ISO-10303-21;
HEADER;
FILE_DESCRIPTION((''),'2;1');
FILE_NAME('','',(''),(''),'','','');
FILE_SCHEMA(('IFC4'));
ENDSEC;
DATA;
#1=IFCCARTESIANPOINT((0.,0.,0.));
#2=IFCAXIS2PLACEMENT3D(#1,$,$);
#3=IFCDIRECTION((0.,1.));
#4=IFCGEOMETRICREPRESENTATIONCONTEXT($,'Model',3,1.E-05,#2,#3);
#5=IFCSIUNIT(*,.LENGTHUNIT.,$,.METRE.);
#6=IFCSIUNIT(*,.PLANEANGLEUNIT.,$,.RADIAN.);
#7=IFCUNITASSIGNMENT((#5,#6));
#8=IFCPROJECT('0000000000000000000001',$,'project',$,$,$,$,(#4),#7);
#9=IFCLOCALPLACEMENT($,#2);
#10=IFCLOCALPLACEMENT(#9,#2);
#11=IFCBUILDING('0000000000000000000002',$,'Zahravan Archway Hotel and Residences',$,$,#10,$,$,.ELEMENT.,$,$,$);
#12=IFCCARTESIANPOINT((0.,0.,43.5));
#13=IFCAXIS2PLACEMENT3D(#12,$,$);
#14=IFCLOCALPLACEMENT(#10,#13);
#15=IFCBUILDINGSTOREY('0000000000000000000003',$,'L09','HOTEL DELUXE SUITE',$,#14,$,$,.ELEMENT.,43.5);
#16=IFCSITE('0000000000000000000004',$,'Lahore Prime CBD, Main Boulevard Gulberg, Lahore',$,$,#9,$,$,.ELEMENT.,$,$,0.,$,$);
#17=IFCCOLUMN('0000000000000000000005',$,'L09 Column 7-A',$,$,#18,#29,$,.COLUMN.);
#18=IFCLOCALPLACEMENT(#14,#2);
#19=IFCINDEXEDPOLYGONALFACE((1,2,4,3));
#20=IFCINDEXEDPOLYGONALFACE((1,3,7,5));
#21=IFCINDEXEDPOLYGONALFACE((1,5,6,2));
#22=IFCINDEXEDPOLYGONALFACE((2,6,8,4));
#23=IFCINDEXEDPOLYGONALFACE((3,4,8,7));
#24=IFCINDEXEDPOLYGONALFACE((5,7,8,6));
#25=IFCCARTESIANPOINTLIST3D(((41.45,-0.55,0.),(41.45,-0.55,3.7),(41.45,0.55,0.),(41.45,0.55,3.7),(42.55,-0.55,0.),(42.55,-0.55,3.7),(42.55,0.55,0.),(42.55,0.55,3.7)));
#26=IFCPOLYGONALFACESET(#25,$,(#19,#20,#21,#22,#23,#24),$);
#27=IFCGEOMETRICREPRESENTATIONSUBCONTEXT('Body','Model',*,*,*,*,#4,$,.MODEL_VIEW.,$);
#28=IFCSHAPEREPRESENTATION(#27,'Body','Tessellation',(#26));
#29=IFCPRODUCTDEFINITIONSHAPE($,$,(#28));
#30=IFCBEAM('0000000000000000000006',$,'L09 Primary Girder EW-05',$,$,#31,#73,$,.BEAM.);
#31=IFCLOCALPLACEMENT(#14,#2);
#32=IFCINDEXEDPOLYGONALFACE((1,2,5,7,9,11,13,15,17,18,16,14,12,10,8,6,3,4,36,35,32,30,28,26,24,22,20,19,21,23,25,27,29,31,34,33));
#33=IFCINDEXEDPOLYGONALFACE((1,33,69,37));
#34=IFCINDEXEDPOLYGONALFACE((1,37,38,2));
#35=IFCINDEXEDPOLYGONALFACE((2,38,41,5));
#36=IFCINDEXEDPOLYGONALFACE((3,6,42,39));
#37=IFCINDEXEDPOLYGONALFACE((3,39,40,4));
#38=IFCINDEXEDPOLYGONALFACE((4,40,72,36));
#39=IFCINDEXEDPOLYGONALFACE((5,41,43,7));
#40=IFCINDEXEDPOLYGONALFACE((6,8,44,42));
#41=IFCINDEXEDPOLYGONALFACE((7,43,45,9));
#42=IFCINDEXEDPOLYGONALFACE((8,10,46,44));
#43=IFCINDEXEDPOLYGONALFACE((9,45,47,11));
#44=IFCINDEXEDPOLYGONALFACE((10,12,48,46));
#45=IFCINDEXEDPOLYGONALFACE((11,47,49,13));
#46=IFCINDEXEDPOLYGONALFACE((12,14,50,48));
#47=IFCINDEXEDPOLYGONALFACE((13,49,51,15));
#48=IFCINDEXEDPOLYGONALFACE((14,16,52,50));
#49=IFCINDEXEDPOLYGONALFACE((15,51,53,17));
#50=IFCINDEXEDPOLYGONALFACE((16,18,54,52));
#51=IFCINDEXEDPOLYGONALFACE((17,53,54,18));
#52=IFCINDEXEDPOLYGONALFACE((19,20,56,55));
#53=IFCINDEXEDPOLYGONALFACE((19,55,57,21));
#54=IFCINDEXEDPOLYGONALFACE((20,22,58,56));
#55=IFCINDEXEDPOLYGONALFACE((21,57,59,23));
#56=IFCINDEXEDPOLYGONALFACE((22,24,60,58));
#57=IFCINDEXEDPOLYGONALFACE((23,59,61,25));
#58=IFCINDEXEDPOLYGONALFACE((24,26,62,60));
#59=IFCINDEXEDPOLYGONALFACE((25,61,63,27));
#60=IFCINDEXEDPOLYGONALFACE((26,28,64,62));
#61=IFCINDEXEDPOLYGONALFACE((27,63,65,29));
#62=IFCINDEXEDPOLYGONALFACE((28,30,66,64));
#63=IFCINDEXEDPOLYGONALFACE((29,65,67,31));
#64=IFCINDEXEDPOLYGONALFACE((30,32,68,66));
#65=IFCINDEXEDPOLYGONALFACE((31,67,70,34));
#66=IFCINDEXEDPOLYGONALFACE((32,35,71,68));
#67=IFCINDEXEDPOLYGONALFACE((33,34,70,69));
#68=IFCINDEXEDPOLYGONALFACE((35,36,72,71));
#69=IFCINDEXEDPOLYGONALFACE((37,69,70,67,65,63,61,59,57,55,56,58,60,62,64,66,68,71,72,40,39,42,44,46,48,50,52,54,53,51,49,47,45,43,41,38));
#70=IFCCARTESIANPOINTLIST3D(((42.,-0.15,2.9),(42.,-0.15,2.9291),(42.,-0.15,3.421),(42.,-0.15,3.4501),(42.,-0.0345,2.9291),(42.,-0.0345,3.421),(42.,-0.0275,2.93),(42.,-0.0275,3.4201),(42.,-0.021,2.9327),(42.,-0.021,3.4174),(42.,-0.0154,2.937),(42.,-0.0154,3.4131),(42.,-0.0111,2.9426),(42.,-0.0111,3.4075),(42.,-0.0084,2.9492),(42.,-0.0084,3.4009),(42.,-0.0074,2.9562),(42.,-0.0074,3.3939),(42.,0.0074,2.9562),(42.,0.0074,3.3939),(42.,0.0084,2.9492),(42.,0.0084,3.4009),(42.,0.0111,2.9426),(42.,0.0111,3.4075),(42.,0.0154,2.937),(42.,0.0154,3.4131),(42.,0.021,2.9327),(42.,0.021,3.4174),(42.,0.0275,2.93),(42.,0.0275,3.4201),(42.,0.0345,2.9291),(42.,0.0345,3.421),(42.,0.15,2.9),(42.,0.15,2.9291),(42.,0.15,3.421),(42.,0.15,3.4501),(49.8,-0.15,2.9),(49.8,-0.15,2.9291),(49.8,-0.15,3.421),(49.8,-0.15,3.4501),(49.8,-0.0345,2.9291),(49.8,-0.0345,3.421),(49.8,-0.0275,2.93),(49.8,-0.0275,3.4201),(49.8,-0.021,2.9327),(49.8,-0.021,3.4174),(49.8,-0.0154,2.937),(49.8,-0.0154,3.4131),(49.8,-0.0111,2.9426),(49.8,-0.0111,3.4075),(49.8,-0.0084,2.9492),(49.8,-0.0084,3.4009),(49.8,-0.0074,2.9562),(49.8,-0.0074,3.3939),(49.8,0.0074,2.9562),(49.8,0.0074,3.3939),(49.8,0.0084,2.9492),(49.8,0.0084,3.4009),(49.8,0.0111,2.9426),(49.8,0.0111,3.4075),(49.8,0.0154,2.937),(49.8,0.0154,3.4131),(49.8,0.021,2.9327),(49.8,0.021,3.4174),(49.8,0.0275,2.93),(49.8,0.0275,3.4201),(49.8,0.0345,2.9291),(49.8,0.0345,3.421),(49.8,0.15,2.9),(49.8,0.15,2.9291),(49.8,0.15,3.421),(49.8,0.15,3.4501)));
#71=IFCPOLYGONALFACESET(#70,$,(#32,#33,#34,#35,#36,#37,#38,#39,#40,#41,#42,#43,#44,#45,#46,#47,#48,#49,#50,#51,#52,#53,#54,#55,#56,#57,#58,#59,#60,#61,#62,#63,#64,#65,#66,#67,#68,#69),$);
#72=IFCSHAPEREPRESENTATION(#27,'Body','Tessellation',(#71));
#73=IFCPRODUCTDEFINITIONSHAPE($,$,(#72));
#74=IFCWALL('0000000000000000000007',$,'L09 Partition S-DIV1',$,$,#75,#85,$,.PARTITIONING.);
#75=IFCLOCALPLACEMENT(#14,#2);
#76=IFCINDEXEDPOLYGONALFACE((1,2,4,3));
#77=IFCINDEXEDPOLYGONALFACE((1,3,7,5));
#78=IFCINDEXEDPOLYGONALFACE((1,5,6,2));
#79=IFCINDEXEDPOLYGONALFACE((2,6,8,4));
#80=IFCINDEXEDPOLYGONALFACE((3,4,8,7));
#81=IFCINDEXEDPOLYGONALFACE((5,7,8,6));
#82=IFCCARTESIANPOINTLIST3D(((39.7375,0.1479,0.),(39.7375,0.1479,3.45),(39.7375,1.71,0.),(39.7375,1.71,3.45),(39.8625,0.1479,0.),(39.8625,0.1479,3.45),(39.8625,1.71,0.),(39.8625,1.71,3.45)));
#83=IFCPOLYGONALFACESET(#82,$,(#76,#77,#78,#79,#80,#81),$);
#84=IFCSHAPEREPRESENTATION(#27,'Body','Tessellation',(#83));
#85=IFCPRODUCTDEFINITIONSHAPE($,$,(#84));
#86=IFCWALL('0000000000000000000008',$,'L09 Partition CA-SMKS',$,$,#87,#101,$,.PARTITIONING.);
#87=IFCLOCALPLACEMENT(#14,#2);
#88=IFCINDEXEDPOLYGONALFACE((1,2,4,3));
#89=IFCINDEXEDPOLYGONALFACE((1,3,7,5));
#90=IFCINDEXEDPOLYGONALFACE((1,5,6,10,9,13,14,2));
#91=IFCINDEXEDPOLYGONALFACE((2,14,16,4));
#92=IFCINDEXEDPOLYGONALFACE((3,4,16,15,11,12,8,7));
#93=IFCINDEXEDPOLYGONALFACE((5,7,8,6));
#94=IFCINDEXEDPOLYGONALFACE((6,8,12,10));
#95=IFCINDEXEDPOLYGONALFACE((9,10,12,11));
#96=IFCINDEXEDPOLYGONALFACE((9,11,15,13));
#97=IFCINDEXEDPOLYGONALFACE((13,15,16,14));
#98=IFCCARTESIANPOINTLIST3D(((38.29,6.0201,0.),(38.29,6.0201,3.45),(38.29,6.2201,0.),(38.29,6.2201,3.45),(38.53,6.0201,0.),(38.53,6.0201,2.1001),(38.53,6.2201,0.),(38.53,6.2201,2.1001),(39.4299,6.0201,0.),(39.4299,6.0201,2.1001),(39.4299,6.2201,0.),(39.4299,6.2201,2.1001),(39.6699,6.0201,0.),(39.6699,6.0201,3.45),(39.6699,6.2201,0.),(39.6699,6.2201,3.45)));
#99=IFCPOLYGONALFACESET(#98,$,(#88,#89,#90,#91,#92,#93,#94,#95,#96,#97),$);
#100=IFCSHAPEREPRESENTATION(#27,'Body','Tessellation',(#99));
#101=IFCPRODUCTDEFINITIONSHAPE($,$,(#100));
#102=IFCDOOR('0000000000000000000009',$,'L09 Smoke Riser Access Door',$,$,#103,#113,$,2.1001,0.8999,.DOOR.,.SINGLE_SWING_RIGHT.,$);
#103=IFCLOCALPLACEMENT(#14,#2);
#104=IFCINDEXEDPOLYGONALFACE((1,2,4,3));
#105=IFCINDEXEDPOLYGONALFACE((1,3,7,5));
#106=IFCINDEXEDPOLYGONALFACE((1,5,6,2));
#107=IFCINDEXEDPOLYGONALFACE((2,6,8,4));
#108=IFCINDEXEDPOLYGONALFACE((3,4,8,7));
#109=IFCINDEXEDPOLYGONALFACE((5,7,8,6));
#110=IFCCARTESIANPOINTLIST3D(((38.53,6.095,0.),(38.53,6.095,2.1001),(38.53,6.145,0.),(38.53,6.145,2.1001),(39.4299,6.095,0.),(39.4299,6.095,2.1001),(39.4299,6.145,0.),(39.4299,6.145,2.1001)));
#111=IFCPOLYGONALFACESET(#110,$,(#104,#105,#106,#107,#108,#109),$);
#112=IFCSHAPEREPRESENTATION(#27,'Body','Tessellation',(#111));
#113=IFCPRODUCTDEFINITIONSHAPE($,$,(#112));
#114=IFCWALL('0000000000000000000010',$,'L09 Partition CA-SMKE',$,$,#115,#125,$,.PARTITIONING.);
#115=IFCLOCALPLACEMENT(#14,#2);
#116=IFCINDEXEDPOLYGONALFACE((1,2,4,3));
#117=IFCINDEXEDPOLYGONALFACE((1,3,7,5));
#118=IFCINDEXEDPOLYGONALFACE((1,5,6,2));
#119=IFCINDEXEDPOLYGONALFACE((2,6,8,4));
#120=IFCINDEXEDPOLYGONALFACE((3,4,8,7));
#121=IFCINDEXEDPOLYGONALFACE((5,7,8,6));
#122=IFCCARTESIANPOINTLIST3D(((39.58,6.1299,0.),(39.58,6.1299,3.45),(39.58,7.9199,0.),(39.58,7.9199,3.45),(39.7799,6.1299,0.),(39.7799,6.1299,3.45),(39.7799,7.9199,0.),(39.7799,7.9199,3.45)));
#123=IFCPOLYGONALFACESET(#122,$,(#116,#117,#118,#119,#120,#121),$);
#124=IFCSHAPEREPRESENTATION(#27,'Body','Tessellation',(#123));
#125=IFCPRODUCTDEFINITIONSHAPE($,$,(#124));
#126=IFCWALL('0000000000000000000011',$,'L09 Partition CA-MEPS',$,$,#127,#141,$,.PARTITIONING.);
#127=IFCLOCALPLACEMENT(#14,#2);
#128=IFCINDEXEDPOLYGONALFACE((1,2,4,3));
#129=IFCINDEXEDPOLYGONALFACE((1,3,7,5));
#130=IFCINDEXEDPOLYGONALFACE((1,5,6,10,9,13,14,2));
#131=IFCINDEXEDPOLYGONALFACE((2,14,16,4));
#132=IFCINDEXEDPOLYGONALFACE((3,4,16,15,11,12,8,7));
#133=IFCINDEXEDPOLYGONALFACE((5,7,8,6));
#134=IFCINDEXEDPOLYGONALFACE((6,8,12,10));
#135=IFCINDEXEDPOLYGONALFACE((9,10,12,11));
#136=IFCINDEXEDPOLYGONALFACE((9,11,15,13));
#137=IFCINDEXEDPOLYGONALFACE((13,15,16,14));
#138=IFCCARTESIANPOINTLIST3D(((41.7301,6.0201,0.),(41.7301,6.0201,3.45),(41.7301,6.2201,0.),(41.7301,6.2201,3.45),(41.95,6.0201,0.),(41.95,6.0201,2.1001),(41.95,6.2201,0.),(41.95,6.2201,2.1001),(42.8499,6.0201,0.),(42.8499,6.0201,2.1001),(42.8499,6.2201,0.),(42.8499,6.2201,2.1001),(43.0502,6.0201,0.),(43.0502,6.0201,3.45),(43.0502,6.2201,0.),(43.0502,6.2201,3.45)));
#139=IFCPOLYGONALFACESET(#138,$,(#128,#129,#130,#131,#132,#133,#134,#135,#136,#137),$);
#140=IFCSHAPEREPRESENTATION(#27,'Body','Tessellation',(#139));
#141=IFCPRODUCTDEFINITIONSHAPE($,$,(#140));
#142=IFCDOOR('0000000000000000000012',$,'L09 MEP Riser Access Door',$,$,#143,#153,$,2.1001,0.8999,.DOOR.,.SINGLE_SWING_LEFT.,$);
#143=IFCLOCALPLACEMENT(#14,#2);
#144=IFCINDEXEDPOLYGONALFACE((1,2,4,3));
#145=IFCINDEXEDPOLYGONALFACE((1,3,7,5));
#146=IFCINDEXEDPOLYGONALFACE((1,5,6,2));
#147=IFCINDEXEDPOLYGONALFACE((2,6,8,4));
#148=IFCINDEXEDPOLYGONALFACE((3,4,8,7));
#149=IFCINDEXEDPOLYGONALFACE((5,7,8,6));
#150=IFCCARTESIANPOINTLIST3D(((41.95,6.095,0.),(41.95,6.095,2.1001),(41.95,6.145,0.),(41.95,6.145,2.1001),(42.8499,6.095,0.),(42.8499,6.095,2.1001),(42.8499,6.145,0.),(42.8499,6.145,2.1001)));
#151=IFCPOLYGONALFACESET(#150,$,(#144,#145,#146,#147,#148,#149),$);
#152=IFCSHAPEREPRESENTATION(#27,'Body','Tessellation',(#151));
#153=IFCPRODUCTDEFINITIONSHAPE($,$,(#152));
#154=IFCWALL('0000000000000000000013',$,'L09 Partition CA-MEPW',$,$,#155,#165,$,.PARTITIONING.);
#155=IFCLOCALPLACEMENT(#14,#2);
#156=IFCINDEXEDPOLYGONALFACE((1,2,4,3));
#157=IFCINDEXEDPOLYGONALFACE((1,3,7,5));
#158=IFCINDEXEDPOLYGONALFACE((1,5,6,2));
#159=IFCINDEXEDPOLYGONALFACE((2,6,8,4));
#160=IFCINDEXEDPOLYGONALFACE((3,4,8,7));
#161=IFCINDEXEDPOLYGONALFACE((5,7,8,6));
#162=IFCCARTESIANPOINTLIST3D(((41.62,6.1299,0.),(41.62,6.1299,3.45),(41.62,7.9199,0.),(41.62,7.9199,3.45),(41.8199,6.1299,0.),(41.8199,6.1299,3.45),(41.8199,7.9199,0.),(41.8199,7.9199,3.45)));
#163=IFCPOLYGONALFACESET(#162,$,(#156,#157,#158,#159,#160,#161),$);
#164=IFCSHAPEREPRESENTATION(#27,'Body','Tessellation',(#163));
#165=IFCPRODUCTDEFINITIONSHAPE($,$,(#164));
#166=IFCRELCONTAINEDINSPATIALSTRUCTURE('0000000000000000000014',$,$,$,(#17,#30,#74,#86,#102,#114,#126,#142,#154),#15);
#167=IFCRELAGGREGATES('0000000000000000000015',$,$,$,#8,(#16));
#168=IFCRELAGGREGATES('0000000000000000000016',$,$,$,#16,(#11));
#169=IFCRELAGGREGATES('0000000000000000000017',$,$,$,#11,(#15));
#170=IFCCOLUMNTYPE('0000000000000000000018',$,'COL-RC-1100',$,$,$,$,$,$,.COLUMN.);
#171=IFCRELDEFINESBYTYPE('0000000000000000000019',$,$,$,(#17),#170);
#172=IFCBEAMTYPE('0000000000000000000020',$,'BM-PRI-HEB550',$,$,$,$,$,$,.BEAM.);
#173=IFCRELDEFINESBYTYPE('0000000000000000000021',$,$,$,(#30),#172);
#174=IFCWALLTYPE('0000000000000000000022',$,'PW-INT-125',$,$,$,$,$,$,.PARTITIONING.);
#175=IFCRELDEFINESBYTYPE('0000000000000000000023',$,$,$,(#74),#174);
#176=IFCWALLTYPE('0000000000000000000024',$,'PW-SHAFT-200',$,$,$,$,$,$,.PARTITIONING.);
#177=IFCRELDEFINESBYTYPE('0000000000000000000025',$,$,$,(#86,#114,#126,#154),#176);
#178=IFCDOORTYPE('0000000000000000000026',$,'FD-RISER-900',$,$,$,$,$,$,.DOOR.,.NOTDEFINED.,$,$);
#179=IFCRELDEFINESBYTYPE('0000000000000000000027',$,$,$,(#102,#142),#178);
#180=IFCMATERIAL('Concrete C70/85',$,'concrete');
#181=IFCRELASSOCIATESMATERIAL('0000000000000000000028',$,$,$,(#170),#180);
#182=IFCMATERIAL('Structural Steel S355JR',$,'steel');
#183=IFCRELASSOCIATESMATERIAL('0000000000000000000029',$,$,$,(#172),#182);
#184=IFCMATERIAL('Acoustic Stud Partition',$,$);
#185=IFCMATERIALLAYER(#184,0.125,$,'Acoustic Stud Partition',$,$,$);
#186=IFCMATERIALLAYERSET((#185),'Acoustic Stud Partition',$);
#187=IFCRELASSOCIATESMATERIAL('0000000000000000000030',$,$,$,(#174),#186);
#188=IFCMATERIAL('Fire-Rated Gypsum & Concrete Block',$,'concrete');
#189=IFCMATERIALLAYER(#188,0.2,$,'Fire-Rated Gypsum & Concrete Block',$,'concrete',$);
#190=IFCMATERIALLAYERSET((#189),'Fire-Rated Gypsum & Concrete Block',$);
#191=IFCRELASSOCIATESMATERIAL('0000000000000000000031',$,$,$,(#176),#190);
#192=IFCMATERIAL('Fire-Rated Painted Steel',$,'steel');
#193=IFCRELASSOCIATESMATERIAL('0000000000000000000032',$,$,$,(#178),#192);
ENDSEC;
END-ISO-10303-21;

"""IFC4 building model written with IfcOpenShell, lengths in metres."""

from ifc_helpers import new_model, si_unit, direction, frame, frame_2d, origin, origin_2d, place, context, subcontext, project, spatial, rectangle, i_section, extrude, source, transform, mapped, material, layer, layer_set, material_profile, profile_set, type_object, type_shapes, element, fill, save


model = new_model("IFC4")

# Units and contexts
model_context = context("Model", 3, precision=1e-05, world=origin(), true_north=direction((0.0, 1.0)))
body_context = subcontext(model_context, "Body", "Model", "MODEL_VIEW")
ifc_project = project(units=[si_unit("LENGTHUNIT", "METRE"), si_unit("PLANEANGLEUNIT", "RADIAN")], contexts=[model_context])

# Site, building, storey
site_placement = place(None, origin())
site = spatial("IfcSite", under=ifc_project, at=site_placement, Name="Lahore Prime CBD, Main Boulevard Gulberg, Lahore", CompositionType="ELEMENT", RefElevation=0.0)
building_placement = place(site_placement, origin())
building = spatial("IfcBuilding", under=site, at=building_placement, Name="Zahravan Archway Hotel and Residences", CompositionType="ELEMENT")
storey_placement = place(building_placement, frame((0.0, 0.0, 43.5)))
storey = spatial("IfcBuildingStorey", under=building, at=storey_placement, Name="L09", Description="HOTEL DELUXE SUITE", CompositionType="ELEMENT", Elevation=43.5)

# Column
ifc_material_1 = material(Name="Concrete C70/85", Category="concrete")
ifc_material_profile_1 = material_profile(ifc_material_1, rectangle(XDim=1.1001, YDim=1.1001, at=origin_2d()), Name="RC 1100x1100", Category="concrete")
ifc_profile_set_1 = profile_set([ifc_material_profile_1], Name="Concrete C70/85")
column_type = type_object("IfcColumnType", Name="COL-RC-1100", PredefinedType="COLUMN", material=ifc_profile_set_1)
shared_shape_1 = source(origin(), body_context, "Body", "SweptSolid", [
    extrude(rectangle(XDim=1.1001, YDim=1.1001, at=origin_2d()), origin(), (0.0, 0.0, 1.0), 3.7),
])
column_placement = place(storey_placement, frame((42.0, 0.0, 0.0), z_axis=(0.0, 0.0, 1.0), x_axis=(1.0, 0.0, 0.0)))
element("IfcColumn", 1, at=column_placement, inside=storey, type_object=column_type, Name="L09 Column 7-A", PredefinedType="COLUMN", context=body_context, shape_type="MappedRepresentation", body=[
    mapped(shared_shape_1, transform((0.0, 0.0, 0.0), scale=1.0)),
])

# Beam
ifc_material_2 = material(Name="Structural Steel S355JR", Category="steel")
ifc_material_profile_2 = material_profile(ifc_material_2, i_section(OverallWidth=0.3, OverallDepth=0.55, WebThickness=0.0149, FlangeThickness=0.0291, FilletRadius=0.0271, at=origin_2d()), Name="HEB 550", Category="steel")
ifc_profile_set_2 = profile_set([ifc_material_profile_2], Name="Structural Steel S355JR")
beam_type = type_object("IfcBeamType", Name="BM-PRI-HEB550", PredefinedType="BEAM", material=ifc_profile_set_2)
shared_shape_2 = source(origin(), body_context, "Body", "SweptSolid", [
    extrude(i_section(OverallWidth=0.3, OverallDepth=0.55, WebThickness=0.0149, FlangeThickness=0.0291, FilletRadius=0.0271, at=origin_2d()), origin(), (0.0, 0.0, 1.0), 7.8),
])
beam_placement = place(storey_placement, frame((42.0, 0.0, 3.175), z_axis=(1.0, 0.0, 0.0), x_axis=(0.0, 1.0, 0.0)))
element("IfcBeam", 2, at=beam_placement, inside=storey, type_object=beam_type, Name="L09 Primary Girder EW-05", PredefinedType="BEAM", context=body_context, shape_type="MappedRepresentation", body=[
    mapped(shared_shape_2, transform((0.0, 0.0, 0.0), scale=1.0)),
])

# Wall
ifc_material_3 = material(Name="Acoustic Stud Partition")
ifc_layer_1 = layer(ifc_material_3, 0.125, Name="Acoustic Stud Partition")
ifc_layer_set_1 = layer_set([ifc_layer_1], Name="Acoustic Stud Partition")
wall_type_1 = type_object("IfcWallType", Name="PW-INT-125", PredefinedType="PARTITIONING", material=ifc_layer_set_1)
wall_1_placement = place(storey_placement, frame((39.8, 0.1479, 0.0), z_axis=(0.0, 0.0, 1.0), x_axis=(0.0, 1.0, 0.0)))
element("IfcWall", 3, at=wall_1_placement, inside=storey, type_object=wall_type_1, Name="L09 Partition S-DIV1", PredefinedType="PARTITIONING", context=body_context, shape_type="SweptSolid", body=[
    extrude(rectangle(XDim=1.562, YDim=0.125, at=frame_2d((0.781, 0.0))), origin(), (0.0, 0.0, 1.0), 3.45),
])

# Wall, opening, door
ifc_material_4 = material(Name="Fire-Rated Gypsum & Concrete Block", Category="concrete")
ifc_layer_2 = layer(ifc_material_4, 0.2, Name="Fire-Rated Gypsum & Concrete Block", Category="concrete")
ifc_layer_set_2 = layer_set([ifc_layer_2], Name="Fire-Rated Gypsum & Concrete Block")
wall_type_2 = type_object("IfcWallType", Name="PW-SHAFT-200", PredefinedType="PARTITIONING", material=ifc_layer_set_2)
wall_2_placement = place(storey_placement, frame((38.29, 6.1201, 0.0), z_axis=(0.0, 0.0, 1.0), x_axis=(1.0, 0.0, 0.0)))
wall_2 = element("IfcWall", 4, at=wall_2_placement, inside=storey, type_object=wall_type_2, Name="L09 Partition CA-SMKS", PredefinedType="PARTITIONING", context=body_context, shape_type="SweptSolid", body=[
    extrude(rectangle(XDim=1.3799, YDim=0.2, at=frame_2d((0.6899, 0.0))), origin(), (0.0, 0.0, 1.0), 3.45),
])
opening_1_placement = place(wall_2_placement, frame((0.24, 0.0, 0.0)))
opening_1 = element("IfcOpeningElement", 5, at=opening_1_placement, cuts=wall_2, PredefinedType="OPENING", context=body_context, shape_type="SweptSolid", body=[
    extrude(rectangle(XDim=0.8999, YDim=2.1001, at=frame_2d((0.45, 1.05))), frame((0.0, 0.1099, 0.0), z_axis=(0.0, -1.0, 0.0), x_axis=(1.0, 0.0, 0.0)), (0.0, 0.0, 1.0), 0.22),
])
ifc_material_5 = material(Name="Fire-Rated Painted Steel", Category="steel")
door_type = type_object("IfcDoorType", Name="FD-RISER-900", OperationType="NOTDEFINED", PredefinedType="DOOR", material=ifc_material_5)
shared_shape_3 = source(origin(), body_context, "Body", "SweptSolid", [
    extrude(rectangle(XDim=0.8999, YDim=2.1001, at=frame_2d((0.45, 1.05))), frame((0.0, 0.0249, 0.0), z_axis=(0.0, -1.0, 0.0), x_axis=(1.0, 0.0, 0.0)), (0.0, 0.0, 1.0), 0.05),
])
type_shapes(door_type, [shared_shape_3])
door_1_placement = place(opening_1_placement, origin())
door_1 = element("IfcDoor", 6, at=door_1_placement, inside=storey, type_object=door_type, Name="L09 Smoke Riser Access Door", OperationType="SINGLE_SWING_RIGHT", OverallHeight=2.1001, OverallWidth=0.8999, PredefinedType="DOOR", context=body_context, shape_type="MappedRepresentation", body=[
    mapped(shared_shape_3, transform((0.0, 0.0, 0.0), scale=1.0)),
])
fill(opening_1, door_1)

# Wall
wall_3_placement = place(storey_placement, frame((39.6799, 6.1299, 0.0), z_axis=(0.0, 0.0, 1.0), x_axis=(0.0, 1.0, 0.0)))
element("IfcWall", 7, at=wall_3_placement, inside=storey, type_object=wall_type_2, Name="L09 Partition CA-SMKE", PredefinedType="PARTITIONING", context=body_context, shape_type="SweptSolid", body=[
    extrude(rectangle(XDim=1.79, YDim=0.2, at=frame_2d((0.895, 0.0))), origin(), (0.0, 0.0, 1.0), 3.45),
])

# Wall, opening, door
wall_4_placement = place(storey_placement, frame((41.73, 6.1201, 0.0), z_axis=(0.0, 0.0, 1.0), x_axis=(1.0, 0.0, 0.0)))
wall_4 = element("IfcWall", 8, at=wall_4_placement, inside=storey, type_object=wall_type_2, Name="L09 Partition CA-MEPS", PredefinedType="PARTITIONING", context=body_context, shape_type="SweptSolid", body=[
    extrude(rectangle(XDim=1.3201, YDim=0.2, at=frame_2d((0.6602, 0.0))), origin(), (0.0, 0.0, 1.0), 3.45),
])
opening_2_placement = place(wall_4_placement, frame((0.22, 0.0, 0.0)))
opening_2 = element("IfcOpeningElement", 9, at=opening_2_placement, cuts=wall_4, PredefinedType="OPENING", context=body_context, shape_type="SweptSolid", body=[
    extrude(rectangle(XDim=0.8999, YDim=2.1001, at=frame_2d((0.45, 1.05))), frame((0.0, 0.1099, 0.0), z_axis=(0.0, -1.0, 0.0), x_axis=(1.0, 0.0, 0.0)), (0.0, 0.0, 1.0), 0.22),
])
door_2_placement = place(opening_2_placement, origin())
door_2 = element("IfcDoor", 10, at=door_2_placement, inside=storey, type_object=door_type, Name="L09 MEP Riser Access Door", OperationType="SINGLE_SWING_LEFT", OverallHeight=2.1001, OverallWidth=0.8999, PredefinedType="DOOR", context=body_context, shape_type="MappedRepresentation", body=[
    mapped(shared_shape_3, transform((0.0, 0.0, 0.0), scale=1.0)),
])
fill(opening_2, door_2)

# Wall
wall_5_placement = place(storey_placement, frame((41.72, 6.1299, 0.0), z_axis=(0.0, 0.0, 1.0), x_axis=(0.0, 1.0, 0.0)))
element("IfcWall", 11, at=wall_5_placement, inside=storey, type_object=wall_type_2, Name="L09 Partition CA-MEPW", PredefinedType="PARTITIONING", context=body_context, shape_type="SweptSolid", body=[
    extrude(rectangle(XDim=1.79, YDim=0.2, at=frame_2d((0.895, 0.0))), origin(), (0.0, 0.0, 1.0), 3.45),
])

save(model, "model.ifc")
